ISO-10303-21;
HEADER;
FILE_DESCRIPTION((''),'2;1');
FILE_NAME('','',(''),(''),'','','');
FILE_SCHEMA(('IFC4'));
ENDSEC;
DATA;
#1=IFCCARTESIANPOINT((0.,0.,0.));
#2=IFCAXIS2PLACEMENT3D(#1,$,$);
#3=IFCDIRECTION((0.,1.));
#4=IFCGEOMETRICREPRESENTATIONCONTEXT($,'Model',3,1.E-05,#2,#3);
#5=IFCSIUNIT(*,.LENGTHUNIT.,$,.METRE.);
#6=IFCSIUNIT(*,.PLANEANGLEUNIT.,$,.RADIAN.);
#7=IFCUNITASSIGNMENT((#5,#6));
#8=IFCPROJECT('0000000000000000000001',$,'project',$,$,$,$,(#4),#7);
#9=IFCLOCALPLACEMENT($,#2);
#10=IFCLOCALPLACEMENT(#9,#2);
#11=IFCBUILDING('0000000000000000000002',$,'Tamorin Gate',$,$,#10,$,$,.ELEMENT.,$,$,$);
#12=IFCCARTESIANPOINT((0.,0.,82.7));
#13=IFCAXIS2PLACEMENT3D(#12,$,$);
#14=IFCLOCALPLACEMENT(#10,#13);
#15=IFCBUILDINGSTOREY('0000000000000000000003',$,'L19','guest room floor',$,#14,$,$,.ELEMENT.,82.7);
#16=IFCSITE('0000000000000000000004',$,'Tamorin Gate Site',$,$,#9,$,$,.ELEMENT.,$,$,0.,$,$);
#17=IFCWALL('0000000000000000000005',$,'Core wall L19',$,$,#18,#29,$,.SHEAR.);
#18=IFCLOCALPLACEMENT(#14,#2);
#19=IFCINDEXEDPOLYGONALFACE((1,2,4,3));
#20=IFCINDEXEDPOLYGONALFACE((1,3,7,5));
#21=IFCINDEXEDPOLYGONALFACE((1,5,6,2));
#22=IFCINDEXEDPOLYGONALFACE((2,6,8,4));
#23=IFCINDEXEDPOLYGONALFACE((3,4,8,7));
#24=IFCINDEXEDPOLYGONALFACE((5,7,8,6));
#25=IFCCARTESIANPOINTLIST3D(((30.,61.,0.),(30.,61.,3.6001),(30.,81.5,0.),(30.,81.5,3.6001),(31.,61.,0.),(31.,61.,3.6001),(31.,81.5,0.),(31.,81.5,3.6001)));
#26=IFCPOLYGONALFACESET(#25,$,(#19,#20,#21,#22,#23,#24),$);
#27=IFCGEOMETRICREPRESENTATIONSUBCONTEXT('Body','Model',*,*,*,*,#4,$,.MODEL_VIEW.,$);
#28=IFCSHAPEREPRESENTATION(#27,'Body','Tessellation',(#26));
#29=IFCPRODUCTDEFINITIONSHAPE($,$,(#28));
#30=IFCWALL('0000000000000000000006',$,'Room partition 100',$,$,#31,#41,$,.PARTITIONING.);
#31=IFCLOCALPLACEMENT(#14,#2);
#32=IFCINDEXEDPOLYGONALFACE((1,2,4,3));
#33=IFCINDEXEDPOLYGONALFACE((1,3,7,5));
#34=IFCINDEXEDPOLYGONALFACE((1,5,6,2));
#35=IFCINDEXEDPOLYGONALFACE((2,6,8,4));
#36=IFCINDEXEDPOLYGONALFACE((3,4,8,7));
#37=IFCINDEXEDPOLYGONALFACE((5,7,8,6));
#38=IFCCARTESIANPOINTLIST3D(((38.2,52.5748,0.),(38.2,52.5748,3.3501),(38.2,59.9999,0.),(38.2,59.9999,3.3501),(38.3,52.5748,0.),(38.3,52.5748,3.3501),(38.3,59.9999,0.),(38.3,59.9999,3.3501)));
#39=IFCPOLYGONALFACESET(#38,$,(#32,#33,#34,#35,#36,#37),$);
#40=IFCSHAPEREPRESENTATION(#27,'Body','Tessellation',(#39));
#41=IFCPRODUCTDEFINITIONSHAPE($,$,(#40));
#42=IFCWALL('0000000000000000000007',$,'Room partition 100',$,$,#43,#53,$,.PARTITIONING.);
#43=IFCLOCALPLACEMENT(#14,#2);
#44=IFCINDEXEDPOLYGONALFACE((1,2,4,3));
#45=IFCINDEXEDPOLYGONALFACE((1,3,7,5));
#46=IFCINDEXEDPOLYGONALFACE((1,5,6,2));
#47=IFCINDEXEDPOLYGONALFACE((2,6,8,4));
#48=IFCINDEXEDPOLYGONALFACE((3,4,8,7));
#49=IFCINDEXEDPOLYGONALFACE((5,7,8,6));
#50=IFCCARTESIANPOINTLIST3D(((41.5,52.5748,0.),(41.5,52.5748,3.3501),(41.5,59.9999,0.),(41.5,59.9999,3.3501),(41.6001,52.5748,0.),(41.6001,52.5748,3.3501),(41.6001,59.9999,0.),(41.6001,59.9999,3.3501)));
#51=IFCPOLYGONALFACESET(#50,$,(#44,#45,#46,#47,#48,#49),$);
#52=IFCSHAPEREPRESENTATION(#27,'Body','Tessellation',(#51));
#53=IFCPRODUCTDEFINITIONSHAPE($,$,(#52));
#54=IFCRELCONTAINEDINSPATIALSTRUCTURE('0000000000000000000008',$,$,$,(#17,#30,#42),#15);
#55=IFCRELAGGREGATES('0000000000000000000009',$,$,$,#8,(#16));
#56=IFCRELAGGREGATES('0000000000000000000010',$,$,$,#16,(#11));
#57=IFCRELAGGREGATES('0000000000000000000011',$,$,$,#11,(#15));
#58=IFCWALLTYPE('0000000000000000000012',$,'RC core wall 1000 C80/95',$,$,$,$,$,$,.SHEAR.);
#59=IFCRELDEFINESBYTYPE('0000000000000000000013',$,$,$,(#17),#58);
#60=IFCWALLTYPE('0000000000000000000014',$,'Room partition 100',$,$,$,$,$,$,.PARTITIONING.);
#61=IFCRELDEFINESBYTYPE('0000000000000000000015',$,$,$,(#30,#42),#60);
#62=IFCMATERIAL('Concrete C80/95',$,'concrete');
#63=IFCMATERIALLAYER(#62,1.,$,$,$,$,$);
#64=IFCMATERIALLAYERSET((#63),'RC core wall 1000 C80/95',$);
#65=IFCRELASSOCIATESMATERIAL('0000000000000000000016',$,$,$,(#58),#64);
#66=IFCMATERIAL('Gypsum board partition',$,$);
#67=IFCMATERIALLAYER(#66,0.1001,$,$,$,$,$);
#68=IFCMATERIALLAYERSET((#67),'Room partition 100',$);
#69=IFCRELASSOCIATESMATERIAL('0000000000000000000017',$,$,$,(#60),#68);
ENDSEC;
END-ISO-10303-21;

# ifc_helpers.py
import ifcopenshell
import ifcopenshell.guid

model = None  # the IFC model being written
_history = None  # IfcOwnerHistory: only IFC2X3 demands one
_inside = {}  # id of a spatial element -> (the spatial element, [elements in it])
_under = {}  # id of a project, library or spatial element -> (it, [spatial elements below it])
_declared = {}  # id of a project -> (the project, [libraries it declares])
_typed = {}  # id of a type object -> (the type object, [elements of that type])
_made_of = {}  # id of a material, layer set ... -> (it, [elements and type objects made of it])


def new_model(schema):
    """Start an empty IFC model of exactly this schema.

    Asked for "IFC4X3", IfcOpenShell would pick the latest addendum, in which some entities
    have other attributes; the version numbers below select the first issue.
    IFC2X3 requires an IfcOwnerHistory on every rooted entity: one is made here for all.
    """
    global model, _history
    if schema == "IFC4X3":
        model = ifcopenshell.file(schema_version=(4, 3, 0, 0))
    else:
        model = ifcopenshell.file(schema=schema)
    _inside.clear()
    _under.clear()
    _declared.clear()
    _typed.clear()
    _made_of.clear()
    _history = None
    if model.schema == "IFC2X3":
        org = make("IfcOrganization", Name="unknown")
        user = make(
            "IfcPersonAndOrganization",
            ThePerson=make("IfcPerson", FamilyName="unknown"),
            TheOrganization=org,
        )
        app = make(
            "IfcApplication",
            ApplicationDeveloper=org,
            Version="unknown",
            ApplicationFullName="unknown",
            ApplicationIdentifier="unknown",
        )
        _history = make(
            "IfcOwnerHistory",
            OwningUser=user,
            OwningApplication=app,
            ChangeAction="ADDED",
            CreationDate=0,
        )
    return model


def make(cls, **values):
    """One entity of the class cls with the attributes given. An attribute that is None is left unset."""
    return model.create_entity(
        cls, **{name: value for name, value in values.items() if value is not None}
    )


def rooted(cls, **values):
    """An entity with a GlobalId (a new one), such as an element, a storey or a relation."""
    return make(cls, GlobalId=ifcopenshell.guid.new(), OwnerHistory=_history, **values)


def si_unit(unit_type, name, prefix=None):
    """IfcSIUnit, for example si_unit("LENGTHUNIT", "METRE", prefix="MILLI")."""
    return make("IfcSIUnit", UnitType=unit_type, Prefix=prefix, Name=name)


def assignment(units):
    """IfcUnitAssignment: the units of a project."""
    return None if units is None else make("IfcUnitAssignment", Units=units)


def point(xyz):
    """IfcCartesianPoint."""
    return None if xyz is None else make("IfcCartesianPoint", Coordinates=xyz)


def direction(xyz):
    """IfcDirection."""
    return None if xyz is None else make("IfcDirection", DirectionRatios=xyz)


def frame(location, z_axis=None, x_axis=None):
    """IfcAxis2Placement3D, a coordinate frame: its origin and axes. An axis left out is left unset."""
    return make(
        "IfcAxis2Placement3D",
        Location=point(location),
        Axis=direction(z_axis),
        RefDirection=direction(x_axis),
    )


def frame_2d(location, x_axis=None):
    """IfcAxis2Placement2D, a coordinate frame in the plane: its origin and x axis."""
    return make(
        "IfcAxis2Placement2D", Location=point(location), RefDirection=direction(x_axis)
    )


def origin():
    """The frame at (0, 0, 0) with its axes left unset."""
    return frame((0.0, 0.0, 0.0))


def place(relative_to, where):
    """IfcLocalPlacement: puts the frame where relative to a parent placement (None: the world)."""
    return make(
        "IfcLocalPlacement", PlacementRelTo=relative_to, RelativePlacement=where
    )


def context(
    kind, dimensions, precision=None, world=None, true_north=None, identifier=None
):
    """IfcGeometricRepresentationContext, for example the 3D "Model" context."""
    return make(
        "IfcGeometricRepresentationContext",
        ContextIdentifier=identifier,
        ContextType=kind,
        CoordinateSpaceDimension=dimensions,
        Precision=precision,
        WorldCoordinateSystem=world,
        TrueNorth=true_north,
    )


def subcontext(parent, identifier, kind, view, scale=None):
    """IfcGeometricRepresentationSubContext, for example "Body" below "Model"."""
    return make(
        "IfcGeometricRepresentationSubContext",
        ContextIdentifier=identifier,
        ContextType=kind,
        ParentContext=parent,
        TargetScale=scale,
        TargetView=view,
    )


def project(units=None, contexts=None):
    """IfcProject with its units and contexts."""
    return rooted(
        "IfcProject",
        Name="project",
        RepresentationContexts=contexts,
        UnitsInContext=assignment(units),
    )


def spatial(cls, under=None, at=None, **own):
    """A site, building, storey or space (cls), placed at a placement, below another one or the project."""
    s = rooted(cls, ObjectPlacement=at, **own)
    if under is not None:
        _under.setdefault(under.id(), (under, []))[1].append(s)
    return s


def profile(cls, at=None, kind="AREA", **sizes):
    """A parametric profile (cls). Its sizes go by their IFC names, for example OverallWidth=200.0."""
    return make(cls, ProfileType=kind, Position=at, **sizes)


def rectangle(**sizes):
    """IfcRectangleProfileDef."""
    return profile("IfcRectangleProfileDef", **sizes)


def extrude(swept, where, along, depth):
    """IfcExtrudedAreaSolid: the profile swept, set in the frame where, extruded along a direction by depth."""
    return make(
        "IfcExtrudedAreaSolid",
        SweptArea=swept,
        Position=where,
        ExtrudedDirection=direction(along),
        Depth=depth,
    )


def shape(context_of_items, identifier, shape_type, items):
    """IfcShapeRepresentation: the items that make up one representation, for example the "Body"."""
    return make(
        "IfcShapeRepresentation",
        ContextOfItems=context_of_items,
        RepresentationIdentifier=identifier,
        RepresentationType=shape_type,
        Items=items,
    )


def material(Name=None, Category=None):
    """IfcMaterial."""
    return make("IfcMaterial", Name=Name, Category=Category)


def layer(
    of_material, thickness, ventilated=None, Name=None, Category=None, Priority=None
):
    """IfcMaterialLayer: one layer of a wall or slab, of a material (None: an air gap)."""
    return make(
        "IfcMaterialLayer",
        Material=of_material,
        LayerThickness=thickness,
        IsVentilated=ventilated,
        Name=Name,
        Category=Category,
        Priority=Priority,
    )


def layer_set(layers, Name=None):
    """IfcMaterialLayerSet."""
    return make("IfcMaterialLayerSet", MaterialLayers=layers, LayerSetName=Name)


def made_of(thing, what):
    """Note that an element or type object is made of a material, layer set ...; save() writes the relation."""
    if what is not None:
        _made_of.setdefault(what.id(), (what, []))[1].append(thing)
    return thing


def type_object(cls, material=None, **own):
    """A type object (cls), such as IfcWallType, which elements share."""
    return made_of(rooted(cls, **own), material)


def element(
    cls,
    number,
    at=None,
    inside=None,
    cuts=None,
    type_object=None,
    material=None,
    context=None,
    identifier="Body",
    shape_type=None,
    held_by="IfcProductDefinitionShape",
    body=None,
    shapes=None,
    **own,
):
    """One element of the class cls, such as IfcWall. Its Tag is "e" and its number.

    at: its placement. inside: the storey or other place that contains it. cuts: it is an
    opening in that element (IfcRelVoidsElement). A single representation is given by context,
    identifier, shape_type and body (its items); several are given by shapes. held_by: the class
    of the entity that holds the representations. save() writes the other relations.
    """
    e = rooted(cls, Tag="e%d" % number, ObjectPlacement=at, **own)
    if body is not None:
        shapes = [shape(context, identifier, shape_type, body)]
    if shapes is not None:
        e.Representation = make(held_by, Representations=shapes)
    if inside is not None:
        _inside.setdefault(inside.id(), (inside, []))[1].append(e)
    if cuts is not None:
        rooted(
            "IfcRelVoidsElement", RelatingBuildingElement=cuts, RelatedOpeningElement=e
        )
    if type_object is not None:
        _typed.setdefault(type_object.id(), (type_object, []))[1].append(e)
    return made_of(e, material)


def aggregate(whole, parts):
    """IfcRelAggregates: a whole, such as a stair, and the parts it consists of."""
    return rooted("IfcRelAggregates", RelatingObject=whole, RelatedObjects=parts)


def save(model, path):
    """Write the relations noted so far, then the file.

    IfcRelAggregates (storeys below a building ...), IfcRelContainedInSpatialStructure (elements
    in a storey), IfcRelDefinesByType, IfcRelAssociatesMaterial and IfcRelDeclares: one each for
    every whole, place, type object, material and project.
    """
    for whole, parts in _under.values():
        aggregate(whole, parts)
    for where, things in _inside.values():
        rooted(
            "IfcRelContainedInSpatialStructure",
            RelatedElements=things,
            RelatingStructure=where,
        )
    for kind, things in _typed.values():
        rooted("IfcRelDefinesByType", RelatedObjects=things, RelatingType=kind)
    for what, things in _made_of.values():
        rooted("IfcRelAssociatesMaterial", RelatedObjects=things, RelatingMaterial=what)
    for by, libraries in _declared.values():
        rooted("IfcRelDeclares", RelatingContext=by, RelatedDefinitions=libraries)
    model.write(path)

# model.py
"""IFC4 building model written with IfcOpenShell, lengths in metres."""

from ifc_helpers import new_model, si_unit, direction, frame, frame_2d, origin, place, context, subcontext, project, spatial, rectangle, extrude, material, layer, layer_set, type_object, element, save


model = new_model("IFC4")

# Units and contexts
model_context = context("Model", 3, precision=1e-05, world=origin(), true_north=direction((0.0, 1.0)))
body_context = subcontext(model_context, "Body", "Model", "MODEL_VIEW")
ifc_project = project(units=[si_unit("LENGTHUNIT", "METRE"), si_unit("PLANEANGLEUNIT", "RADIAN")], contexts=[model_context])

# Site, building, storey
site_placement = place(None, origin())
site = spatial("IfcSite", under=ifc_project, at=site_placement, Name="Tamorin Gate Site", CompositionType="ELEMENT", RefElevation=0.0)
building_placement = place(site_placement, origin())
building = spatial("IfcBuilding", under=site, at=building_placement, Name="Tamorin Gate", CompositionType="ELEMENT")
storey_placement = place(building_placement, frame((0.0, 0.0, 82.7)))
storey = spatial("IfcBuildingStorey", under=building, at=storey_placement, Name="L19", Description="guest room floor", CompositionType="ELEMENT", Elevation=82.7)

# Shared definitions
ifc_material_1 = material(Name="Concrete C80/95", Category="concrete")

# Shared definitions
ifc_material_2 = material(Name="Gypsum board partition")

# Shared definitions
ifc_layer_1 = layer(ifc_material_1, 1.0)
ifc_layer_set_1 = layer_set([ifc_layer_1], Name="RC core wall 1000 C80/95")
wall_type_1 = type_object("IfcWallType", Name="RC core wall 1000 C80/95", PredefinedType="SHEAR", material=ifc_layer_set_1)

# Walls
wall_1_placement = place(storey_placement, frame((30.5, 61.0, 0.0), z_axis=(0.0, 0.0, 1.0), x_axis=(0.0, 1.0, 0.0)))
element("IfcWall", 1, at=wall_1_placement, inside=storey, type_object=wall_type_1, Name="Core wall L19", PredefinedType="SHEAR", context=body_context, shape_type="SweptSolid", body=[
    extrude(rectangle(XDim=20.5, YDim=1.0, at=frame_2d((10.25, 0.0))), origin(), (0.0, 0.0, 1.0), 3.6001),
])
ifc_layer_2 = layer(ifc_material_2, 0.1001)
ifc_layer_set_2 = layer_set([ifc_layer_2], Name="Room partition 100")
wall_type_2 = type_object("IfcWallType", Name="Room partition 100", PredefinedType="PARTITIONING", material=ifc_layer_set_2)
for number, where, z_axis, x_axis, name in (
    (2, (38.25, 52.575, 0.0), (0.0, 0.0, 1.0), (0.0, 1.0, 0.0), "Room partition 100"),
    (3, (41.55, 52.575, 0.0), (0.0, 0.0, 1.0), (0.0, 1.0, 0.0), "Room partition 100"),
):
    element("IfcWall", number, at=place(storey_placement, frame(where, z_axis=z_axis, x_axis=x_axis)), inside=storey, type_object=wall_type_2, Name=name, PredefinedType="PARTITIONING", context=body_context, shape_type="SweptSolid", body=[
        extrude(rectangle(XDim=7.425, YDim=0.1001, at=frame_2d((3.7124, 0.0))), origin(), (0.0, 0.0, 1.0), 3.3501),
    ])

save(model, "model.ifc")
